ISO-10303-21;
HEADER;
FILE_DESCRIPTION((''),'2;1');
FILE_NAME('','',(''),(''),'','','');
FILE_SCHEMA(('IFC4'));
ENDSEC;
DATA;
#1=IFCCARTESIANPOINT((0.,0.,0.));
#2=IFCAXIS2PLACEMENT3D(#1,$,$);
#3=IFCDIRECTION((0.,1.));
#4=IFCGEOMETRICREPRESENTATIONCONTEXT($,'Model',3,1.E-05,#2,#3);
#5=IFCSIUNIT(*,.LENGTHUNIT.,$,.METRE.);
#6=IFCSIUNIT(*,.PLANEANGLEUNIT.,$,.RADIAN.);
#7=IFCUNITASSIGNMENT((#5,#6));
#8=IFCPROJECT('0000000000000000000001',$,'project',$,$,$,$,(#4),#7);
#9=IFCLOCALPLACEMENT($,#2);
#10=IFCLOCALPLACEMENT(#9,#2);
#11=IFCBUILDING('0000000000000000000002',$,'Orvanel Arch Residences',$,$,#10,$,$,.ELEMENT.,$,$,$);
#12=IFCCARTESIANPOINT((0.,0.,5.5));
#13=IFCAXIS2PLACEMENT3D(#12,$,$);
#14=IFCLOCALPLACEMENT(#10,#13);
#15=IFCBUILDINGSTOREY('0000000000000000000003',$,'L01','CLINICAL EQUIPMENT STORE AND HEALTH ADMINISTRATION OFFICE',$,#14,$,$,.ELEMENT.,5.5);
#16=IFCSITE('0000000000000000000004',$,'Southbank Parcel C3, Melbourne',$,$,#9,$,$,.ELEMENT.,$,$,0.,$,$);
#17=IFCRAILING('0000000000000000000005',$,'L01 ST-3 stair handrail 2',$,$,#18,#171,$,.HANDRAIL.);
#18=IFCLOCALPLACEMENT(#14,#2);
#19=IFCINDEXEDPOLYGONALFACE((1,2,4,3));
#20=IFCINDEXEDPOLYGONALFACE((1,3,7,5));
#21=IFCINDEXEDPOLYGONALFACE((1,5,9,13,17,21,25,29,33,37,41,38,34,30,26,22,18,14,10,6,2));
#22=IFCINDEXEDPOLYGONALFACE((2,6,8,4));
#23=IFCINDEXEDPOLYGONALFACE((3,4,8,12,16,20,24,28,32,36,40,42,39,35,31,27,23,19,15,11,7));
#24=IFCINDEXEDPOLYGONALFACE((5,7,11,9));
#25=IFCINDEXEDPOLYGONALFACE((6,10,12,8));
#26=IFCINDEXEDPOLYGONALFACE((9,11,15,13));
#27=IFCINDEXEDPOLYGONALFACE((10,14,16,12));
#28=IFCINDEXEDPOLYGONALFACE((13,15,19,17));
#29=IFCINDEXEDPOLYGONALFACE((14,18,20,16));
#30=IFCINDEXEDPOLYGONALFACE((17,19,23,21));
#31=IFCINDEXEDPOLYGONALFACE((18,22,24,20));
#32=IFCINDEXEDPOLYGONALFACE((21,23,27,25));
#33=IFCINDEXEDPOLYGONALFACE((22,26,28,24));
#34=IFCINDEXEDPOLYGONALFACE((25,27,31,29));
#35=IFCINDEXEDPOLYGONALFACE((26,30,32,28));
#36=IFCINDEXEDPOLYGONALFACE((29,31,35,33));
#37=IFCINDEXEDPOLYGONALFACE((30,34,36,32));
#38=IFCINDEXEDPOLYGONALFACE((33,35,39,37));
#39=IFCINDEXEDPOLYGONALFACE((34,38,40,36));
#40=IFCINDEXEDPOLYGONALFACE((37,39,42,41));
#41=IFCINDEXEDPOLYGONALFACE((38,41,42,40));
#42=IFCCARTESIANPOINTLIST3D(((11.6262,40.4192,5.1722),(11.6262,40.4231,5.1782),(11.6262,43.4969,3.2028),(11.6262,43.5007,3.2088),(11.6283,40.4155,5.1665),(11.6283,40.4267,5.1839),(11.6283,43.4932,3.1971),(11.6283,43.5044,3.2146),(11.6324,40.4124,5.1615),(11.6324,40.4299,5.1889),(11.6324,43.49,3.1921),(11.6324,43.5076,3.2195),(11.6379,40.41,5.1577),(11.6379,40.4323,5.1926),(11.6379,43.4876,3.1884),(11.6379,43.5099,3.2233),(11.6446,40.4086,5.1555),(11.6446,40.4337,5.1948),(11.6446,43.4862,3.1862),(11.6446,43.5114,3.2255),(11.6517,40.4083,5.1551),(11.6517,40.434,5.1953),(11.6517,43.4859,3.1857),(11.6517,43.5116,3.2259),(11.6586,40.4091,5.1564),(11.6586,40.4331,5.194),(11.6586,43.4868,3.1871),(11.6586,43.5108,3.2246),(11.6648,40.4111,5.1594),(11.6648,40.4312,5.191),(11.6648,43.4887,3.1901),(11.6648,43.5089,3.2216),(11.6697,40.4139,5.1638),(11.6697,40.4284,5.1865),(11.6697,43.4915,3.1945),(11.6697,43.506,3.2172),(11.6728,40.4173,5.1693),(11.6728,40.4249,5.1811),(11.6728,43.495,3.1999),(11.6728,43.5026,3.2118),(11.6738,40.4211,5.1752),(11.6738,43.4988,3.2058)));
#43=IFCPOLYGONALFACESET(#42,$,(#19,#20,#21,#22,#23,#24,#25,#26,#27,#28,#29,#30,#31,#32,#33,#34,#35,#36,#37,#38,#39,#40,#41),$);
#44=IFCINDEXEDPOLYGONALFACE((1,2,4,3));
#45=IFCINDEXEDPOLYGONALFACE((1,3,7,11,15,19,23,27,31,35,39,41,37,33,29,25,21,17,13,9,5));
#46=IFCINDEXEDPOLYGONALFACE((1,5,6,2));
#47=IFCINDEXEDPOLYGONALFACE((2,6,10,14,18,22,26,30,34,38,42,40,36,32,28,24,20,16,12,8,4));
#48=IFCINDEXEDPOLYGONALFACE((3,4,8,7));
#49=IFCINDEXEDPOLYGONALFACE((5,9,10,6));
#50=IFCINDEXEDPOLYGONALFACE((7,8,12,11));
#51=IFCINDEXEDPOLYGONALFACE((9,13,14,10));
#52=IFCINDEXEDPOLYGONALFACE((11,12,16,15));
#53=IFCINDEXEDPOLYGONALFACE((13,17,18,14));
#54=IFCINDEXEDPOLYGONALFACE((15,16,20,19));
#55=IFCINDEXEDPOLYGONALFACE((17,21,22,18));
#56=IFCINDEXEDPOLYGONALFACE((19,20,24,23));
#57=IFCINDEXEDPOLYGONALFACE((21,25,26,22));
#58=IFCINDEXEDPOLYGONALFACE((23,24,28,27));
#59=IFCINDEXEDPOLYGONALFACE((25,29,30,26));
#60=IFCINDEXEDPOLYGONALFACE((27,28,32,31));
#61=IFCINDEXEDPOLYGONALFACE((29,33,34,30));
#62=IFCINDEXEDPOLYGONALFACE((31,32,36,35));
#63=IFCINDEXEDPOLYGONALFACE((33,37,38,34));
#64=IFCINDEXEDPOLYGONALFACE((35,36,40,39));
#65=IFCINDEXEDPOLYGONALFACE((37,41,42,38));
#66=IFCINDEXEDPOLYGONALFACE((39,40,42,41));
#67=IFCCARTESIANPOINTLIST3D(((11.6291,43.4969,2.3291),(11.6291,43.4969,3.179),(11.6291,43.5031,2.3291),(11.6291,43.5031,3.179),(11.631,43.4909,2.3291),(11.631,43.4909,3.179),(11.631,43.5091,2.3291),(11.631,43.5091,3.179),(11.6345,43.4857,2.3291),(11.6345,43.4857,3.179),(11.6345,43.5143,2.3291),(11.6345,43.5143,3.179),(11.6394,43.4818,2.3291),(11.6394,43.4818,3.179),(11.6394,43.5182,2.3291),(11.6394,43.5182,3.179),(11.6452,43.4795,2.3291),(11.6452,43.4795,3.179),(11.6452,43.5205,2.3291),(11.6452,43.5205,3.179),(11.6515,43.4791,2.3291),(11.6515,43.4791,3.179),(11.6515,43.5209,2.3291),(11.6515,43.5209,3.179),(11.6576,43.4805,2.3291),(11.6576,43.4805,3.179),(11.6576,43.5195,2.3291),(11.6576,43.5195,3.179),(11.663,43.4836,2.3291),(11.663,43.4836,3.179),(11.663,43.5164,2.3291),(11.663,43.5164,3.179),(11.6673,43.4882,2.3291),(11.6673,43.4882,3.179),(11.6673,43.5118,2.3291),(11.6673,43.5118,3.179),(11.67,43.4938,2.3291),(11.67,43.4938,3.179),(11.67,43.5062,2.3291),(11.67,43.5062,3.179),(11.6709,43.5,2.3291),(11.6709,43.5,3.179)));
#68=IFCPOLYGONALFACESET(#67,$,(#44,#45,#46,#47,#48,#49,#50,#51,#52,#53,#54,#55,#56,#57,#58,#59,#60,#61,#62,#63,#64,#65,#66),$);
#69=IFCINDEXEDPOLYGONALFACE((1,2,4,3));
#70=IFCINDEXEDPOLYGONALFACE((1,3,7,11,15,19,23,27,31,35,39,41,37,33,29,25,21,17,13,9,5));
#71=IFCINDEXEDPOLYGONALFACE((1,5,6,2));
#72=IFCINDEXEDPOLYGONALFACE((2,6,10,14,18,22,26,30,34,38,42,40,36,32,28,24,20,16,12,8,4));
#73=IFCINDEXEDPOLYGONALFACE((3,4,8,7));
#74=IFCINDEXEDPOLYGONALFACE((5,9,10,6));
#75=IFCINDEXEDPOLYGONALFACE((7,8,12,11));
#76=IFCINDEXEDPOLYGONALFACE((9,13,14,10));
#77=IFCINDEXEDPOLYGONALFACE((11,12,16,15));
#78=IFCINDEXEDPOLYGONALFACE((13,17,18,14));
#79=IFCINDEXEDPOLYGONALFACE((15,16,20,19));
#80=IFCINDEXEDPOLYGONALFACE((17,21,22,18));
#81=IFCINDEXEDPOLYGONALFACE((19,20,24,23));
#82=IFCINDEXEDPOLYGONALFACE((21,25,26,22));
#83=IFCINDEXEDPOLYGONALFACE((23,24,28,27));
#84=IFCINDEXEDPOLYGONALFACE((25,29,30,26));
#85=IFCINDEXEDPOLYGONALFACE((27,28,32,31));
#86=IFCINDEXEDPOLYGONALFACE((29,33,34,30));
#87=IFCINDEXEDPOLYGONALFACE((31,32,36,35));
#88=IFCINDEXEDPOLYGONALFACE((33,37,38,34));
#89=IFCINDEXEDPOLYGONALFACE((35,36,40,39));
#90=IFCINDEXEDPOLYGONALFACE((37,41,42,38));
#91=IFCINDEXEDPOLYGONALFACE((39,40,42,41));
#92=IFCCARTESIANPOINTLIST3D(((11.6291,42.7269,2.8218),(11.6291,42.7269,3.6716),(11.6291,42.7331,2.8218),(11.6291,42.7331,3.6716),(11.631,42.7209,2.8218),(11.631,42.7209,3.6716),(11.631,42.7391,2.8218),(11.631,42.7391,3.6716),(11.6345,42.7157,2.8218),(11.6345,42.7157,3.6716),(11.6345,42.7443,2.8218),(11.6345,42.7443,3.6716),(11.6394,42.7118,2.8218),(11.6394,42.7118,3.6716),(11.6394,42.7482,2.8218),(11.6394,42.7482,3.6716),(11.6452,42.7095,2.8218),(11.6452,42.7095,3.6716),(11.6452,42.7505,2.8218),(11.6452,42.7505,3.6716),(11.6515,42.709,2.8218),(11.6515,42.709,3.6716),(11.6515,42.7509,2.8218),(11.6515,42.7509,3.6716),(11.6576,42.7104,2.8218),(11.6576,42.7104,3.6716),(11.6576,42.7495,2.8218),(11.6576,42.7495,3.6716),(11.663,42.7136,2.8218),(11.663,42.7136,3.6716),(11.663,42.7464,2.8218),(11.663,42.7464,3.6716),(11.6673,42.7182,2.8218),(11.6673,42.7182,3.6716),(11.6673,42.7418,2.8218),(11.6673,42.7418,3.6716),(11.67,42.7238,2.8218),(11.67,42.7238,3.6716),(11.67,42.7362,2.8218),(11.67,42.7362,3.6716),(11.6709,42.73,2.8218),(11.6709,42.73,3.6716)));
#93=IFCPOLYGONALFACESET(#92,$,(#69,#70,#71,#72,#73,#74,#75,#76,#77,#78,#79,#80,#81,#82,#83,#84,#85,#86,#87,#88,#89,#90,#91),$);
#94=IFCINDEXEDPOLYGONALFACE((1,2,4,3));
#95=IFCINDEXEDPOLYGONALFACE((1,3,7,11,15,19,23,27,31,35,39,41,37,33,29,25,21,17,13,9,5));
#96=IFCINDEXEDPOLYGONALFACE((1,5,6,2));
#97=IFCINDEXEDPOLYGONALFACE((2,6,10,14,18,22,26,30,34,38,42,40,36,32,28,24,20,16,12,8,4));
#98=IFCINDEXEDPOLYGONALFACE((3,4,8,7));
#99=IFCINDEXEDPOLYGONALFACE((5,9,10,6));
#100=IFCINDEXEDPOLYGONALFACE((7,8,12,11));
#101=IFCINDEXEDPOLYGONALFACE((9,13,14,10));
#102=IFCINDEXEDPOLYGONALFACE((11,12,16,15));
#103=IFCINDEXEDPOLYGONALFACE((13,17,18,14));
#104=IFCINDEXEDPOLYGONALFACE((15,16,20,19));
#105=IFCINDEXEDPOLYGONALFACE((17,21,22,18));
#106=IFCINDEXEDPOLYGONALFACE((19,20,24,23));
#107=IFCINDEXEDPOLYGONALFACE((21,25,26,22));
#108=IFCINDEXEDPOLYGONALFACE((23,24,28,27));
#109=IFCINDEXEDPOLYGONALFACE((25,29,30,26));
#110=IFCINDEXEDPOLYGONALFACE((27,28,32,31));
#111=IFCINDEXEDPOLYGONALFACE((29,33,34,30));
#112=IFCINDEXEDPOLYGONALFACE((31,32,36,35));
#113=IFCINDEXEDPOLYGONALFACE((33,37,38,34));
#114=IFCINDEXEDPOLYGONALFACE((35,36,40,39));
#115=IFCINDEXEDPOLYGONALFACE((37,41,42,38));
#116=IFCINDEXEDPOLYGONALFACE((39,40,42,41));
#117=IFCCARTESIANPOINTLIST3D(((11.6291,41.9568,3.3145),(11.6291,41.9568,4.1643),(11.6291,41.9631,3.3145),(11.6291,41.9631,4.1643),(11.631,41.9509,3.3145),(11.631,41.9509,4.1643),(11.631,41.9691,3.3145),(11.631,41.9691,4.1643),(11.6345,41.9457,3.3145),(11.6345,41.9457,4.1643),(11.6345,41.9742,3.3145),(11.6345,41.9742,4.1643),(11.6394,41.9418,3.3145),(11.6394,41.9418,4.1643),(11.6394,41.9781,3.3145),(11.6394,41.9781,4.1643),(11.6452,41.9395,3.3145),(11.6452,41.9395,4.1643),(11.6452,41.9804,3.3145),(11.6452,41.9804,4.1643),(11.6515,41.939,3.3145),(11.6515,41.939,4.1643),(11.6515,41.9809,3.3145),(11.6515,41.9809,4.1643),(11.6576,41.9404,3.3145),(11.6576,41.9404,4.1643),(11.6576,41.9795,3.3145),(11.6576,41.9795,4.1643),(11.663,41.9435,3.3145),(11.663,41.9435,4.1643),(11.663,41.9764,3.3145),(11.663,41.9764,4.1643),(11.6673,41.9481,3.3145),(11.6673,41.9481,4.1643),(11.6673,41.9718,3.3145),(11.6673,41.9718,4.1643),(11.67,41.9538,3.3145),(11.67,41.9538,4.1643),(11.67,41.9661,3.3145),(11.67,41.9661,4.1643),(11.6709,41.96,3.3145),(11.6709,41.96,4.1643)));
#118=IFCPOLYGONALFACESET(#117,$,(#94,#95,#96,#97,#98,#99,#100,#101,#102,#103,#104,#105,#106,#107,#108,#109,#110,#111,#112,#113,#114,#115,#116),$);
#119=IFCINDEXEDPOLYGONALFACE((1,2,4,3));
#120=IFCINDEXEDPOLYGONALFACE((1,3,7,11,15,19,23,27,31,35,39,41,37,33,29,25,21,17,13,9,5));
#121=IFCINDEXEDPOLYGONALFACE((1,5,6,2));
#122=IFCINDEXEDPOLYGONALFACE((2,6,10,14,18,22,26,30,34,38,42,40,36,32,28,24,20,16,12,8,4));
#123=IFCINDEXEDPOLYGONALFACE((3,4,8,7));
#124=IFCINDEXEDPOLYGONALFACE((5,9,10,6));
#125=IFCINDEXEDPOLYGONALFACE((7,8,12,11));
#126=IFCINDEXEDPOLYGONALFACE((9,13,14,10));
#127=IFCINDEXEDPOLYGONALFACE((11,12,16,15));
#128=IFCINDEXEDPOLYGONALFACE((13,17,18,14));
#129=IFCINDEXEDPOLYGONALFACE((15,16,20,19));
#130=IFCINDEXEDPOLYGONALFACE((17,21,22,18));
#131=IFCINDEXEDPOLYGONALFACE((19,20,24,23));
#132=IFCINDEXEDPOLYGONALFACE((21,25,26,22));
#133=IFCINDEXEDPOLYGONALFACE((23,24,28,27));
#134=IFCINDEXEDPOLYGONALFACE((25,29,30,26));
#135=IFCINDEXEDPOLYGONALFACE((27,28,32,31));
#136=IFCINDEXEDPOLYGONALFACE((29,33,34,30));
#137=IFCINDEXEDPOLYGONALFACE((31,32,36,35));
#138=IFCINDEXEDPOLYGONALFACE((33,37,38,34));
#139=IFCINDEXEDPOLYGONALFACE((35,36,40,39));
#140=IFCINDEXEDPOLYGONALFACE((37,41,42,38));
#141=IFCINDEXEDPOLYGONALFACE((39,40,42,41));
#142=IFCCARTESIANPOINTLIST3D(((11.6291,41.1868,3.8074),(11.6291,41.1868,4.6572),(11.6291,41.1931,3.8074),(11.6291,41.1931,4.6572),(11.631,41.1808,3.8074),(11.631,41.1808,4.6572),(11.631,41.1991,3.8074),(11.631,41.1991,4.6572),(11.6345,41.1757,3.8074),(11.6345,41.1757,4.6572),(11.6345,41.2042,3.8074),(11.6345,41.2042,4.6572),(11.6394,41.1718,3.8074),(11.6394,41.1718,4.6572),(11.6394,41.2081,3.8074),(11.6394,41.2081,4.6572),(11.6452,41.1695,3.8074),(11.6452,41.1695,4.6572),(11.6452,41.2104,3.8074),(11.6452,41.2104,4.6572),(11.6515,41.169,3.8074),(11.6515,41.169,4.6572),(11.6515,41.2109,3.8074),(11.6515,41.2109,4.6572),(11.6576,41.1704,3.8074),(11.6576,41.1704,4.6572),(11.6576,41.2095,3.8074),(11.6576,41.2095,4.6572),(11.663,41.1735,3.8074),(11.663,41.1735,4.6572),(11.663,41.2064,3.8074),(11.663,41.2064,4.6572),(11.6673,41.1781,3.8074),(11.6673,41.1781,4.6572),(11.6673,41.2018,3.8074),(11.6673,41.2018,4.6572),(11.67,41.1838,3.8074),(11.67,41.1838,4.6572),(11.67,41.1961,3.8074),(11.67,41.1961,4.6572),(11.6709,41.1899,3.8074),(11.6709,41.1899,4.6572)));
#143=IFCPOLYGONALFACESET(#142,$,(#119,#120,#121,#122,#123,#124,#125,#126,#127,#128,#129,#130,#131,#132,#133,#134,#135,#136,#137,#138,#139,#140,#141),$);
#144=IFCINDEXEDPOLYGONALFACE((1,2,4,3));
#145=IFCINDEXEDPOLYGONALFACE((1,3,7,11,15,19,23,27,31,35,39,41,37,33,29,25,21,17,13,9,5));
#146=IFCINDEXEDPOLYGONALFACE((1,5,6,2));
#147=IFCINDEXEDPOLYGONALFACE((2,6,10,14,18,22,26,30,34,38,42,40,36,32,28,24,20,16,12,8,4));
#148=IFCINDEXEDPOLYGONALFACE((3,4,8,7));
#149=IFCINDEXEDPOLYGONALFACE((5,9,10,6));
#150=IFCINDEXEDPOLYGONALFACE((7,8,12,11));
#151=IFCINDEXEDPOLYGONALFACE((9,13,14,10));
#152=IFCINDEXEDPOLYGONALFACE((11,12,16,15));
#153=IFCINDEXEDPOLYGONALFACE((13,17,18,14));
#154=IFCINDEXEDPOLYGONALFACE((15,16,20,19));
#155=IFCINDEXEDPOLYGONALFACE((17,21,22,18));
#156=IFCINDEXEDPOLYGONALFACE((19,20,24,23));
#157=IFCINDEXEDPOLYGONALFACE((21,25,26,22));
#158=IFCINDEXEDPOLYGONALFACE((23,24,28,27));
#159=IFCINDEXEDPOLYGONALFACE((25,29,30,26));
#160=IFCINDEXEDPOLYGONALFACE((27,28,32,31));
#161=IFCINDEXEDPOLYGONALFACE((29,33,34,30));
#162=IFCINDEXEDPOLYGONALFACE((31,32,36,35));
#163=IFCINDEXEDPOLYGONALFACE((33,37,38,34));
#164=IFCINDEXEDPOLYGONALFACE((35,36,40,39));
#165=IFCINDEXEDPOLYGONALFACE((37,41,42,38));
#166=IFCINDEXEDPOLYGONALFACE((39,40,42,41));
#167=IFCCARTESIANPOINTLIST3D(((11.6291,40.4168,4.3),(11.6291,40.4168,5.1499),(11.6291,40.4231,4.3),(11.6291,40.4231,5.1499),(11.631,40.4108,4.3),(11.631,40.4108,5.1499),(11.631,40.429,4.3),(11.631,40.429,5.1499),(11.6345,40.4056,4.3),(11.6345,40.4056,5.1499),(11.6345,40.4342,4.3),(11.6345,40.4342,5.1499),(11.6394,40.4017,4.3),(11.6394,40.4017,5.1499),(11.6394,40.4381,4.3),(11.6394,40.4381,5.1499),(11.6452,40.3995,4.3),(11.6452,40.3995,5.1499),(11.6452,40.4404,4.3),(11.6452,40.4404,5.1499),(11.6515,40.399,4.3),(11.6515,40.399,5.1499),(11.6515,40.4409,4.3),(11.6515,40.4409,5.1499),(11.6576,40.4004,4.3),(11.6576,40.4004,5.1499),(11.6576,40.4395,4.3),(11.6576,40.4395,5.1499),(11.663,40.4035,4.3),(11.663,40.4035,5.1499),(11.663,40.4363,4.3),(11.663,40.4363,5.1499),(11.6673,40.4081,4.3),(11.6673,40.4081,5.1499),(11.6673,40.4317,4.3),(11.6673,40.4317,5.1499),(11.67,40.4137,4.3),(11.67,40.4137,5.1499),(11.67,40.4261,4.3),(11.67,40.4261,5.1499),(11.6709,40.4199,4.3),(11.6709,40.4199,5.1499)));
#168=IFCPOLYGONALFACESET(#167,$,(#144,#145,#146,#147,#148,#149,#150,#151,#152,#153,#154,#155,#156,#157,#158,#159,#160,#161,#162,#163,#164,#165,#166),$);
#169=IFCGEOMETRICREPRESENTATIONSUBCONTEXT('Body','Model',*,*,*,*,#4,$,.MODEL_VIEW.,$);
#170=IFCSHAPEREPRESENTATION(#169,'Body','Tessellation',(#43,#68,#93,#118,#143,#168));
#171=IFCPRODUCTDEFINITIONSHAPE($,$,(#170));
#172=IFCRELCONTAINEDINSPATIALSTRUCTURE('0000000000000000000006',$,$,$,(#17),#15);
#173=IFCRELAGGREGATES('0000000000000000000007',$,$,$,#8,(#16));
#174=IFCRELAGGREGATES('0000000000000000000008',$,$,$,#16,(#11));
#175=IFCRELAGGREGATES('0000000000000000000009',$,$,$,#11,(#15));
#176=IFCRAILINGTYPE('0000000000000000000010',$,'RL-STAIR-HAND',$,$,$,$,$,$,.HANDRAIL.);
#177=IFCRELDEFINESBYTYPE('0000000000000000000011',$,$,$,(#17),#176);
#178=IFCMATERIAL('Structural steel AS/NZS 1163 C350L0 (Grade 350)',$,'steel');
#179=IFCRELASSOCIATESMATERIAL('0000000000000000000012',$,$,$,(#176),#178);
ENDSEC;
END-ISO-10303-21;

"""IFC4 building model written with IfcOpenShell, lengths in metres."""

from ifc_helpers import new_model, si_unit, direction, frame, origin, origin_2d, place, context, subcontext, project, spatial, circle, extrude, material, type_object, element, save


model = new_model("IFC4")

# Units and contexts
model_context = context("Model", 3, precision=1e-05, world=origin(), true_north=direction((0.0, 1.0)))
body_context = subcontext(model_context, "Body", "Model", "MODEL_VIEW")
ifc_project = project(units=[si_unit("LENGTHUNIT", "METRE"), si_unit("PLANEANGLEUNIT", "RADIAN")], contexts=[model_context])

# Site, building, storey
site_placement = place(None, origin())
site = spatial("IfcSite", under=ifc_project, at=site_placement, Name="Southbank Parcel C3, Melbourne", CompositionType="ELEMENT", RefElevation=0.0)
building_placement = place(site_placement, origin())
building = spatial("IfcBuilding", under=site, at=building_placement, Name="Orvanel Arch Residences", CompositionType="ELEMENT")
storey_placement = place(building_placement, frame((0.0, 0.0, 5.5)))
storey = spatial("IfcBuildingStorey", under=building, at=storey_placement, Name="L01", Description="CLINICAL EQUIPMENT STORE AND HEALTH ADMINISTRATION OFFICE", CompositionType="ELEMENT", Elevation=5.5)

# Railing
ifc_material_1 = material(Name="Structural steel AS/NZS 1163 C350L0 (Grade 350)", Category="steel")
railing_type_1 = type_object("IfcRailingType", Name="RL-STAIR-HAND", PredefinedType="HANDRAIL", material=ifc_material_1)
railing_1_placement = place(storey_placement, frame((11.6499, 43.5, 2.3291)))
element("IfcRailing", 1, at=railing_1_placement, inside=storey, type_object=railing_type_1, Name="L01 ST-3 stair handrail 2", PredefinedType="HANDRAIL", context=body_context, shape_type="SweptSolid", body=[
    extrude(circle(Radius=0.0239, at=origin_2d()), frame((0.0, -0.0012, 0.8767), z_axis=(0.0, -0.842309, 0.538995), x_axis=(1.0, 0.0, 0.0)), (0.0, 0.0, 1.0), 3.6538),
    extrude(circle(Radius=0.021, at=origin_2d()), origin(), (0.0, 0.0, 1.0), 0.8499),
    extrude(circle(Radius=0.021, at=origin_2d()), frame((0.0, -0.77, 0.4927)), (0.0, 0.0, 1.0), 0.8499),
    extrude(circle(Radius=0.021, at=origin_2d()), frame((0.0, -1.54, 0.9854)), (0.0, 0.0, 1.0), 0.8499),
    extrude(circle(Radius=0.021, at=origin_2d()), frame((0.0, -2.3101, 1.4783)), (0.0, 0.0, 1.0), 0.8499),
    extrude(circle(Radius=0.021, at=origin_2d()), frame((0.0, -3.0801, 1.9709)), (0.0, 0.0, 1.0), 0.8499),
])

save(model, "model.ifc")
